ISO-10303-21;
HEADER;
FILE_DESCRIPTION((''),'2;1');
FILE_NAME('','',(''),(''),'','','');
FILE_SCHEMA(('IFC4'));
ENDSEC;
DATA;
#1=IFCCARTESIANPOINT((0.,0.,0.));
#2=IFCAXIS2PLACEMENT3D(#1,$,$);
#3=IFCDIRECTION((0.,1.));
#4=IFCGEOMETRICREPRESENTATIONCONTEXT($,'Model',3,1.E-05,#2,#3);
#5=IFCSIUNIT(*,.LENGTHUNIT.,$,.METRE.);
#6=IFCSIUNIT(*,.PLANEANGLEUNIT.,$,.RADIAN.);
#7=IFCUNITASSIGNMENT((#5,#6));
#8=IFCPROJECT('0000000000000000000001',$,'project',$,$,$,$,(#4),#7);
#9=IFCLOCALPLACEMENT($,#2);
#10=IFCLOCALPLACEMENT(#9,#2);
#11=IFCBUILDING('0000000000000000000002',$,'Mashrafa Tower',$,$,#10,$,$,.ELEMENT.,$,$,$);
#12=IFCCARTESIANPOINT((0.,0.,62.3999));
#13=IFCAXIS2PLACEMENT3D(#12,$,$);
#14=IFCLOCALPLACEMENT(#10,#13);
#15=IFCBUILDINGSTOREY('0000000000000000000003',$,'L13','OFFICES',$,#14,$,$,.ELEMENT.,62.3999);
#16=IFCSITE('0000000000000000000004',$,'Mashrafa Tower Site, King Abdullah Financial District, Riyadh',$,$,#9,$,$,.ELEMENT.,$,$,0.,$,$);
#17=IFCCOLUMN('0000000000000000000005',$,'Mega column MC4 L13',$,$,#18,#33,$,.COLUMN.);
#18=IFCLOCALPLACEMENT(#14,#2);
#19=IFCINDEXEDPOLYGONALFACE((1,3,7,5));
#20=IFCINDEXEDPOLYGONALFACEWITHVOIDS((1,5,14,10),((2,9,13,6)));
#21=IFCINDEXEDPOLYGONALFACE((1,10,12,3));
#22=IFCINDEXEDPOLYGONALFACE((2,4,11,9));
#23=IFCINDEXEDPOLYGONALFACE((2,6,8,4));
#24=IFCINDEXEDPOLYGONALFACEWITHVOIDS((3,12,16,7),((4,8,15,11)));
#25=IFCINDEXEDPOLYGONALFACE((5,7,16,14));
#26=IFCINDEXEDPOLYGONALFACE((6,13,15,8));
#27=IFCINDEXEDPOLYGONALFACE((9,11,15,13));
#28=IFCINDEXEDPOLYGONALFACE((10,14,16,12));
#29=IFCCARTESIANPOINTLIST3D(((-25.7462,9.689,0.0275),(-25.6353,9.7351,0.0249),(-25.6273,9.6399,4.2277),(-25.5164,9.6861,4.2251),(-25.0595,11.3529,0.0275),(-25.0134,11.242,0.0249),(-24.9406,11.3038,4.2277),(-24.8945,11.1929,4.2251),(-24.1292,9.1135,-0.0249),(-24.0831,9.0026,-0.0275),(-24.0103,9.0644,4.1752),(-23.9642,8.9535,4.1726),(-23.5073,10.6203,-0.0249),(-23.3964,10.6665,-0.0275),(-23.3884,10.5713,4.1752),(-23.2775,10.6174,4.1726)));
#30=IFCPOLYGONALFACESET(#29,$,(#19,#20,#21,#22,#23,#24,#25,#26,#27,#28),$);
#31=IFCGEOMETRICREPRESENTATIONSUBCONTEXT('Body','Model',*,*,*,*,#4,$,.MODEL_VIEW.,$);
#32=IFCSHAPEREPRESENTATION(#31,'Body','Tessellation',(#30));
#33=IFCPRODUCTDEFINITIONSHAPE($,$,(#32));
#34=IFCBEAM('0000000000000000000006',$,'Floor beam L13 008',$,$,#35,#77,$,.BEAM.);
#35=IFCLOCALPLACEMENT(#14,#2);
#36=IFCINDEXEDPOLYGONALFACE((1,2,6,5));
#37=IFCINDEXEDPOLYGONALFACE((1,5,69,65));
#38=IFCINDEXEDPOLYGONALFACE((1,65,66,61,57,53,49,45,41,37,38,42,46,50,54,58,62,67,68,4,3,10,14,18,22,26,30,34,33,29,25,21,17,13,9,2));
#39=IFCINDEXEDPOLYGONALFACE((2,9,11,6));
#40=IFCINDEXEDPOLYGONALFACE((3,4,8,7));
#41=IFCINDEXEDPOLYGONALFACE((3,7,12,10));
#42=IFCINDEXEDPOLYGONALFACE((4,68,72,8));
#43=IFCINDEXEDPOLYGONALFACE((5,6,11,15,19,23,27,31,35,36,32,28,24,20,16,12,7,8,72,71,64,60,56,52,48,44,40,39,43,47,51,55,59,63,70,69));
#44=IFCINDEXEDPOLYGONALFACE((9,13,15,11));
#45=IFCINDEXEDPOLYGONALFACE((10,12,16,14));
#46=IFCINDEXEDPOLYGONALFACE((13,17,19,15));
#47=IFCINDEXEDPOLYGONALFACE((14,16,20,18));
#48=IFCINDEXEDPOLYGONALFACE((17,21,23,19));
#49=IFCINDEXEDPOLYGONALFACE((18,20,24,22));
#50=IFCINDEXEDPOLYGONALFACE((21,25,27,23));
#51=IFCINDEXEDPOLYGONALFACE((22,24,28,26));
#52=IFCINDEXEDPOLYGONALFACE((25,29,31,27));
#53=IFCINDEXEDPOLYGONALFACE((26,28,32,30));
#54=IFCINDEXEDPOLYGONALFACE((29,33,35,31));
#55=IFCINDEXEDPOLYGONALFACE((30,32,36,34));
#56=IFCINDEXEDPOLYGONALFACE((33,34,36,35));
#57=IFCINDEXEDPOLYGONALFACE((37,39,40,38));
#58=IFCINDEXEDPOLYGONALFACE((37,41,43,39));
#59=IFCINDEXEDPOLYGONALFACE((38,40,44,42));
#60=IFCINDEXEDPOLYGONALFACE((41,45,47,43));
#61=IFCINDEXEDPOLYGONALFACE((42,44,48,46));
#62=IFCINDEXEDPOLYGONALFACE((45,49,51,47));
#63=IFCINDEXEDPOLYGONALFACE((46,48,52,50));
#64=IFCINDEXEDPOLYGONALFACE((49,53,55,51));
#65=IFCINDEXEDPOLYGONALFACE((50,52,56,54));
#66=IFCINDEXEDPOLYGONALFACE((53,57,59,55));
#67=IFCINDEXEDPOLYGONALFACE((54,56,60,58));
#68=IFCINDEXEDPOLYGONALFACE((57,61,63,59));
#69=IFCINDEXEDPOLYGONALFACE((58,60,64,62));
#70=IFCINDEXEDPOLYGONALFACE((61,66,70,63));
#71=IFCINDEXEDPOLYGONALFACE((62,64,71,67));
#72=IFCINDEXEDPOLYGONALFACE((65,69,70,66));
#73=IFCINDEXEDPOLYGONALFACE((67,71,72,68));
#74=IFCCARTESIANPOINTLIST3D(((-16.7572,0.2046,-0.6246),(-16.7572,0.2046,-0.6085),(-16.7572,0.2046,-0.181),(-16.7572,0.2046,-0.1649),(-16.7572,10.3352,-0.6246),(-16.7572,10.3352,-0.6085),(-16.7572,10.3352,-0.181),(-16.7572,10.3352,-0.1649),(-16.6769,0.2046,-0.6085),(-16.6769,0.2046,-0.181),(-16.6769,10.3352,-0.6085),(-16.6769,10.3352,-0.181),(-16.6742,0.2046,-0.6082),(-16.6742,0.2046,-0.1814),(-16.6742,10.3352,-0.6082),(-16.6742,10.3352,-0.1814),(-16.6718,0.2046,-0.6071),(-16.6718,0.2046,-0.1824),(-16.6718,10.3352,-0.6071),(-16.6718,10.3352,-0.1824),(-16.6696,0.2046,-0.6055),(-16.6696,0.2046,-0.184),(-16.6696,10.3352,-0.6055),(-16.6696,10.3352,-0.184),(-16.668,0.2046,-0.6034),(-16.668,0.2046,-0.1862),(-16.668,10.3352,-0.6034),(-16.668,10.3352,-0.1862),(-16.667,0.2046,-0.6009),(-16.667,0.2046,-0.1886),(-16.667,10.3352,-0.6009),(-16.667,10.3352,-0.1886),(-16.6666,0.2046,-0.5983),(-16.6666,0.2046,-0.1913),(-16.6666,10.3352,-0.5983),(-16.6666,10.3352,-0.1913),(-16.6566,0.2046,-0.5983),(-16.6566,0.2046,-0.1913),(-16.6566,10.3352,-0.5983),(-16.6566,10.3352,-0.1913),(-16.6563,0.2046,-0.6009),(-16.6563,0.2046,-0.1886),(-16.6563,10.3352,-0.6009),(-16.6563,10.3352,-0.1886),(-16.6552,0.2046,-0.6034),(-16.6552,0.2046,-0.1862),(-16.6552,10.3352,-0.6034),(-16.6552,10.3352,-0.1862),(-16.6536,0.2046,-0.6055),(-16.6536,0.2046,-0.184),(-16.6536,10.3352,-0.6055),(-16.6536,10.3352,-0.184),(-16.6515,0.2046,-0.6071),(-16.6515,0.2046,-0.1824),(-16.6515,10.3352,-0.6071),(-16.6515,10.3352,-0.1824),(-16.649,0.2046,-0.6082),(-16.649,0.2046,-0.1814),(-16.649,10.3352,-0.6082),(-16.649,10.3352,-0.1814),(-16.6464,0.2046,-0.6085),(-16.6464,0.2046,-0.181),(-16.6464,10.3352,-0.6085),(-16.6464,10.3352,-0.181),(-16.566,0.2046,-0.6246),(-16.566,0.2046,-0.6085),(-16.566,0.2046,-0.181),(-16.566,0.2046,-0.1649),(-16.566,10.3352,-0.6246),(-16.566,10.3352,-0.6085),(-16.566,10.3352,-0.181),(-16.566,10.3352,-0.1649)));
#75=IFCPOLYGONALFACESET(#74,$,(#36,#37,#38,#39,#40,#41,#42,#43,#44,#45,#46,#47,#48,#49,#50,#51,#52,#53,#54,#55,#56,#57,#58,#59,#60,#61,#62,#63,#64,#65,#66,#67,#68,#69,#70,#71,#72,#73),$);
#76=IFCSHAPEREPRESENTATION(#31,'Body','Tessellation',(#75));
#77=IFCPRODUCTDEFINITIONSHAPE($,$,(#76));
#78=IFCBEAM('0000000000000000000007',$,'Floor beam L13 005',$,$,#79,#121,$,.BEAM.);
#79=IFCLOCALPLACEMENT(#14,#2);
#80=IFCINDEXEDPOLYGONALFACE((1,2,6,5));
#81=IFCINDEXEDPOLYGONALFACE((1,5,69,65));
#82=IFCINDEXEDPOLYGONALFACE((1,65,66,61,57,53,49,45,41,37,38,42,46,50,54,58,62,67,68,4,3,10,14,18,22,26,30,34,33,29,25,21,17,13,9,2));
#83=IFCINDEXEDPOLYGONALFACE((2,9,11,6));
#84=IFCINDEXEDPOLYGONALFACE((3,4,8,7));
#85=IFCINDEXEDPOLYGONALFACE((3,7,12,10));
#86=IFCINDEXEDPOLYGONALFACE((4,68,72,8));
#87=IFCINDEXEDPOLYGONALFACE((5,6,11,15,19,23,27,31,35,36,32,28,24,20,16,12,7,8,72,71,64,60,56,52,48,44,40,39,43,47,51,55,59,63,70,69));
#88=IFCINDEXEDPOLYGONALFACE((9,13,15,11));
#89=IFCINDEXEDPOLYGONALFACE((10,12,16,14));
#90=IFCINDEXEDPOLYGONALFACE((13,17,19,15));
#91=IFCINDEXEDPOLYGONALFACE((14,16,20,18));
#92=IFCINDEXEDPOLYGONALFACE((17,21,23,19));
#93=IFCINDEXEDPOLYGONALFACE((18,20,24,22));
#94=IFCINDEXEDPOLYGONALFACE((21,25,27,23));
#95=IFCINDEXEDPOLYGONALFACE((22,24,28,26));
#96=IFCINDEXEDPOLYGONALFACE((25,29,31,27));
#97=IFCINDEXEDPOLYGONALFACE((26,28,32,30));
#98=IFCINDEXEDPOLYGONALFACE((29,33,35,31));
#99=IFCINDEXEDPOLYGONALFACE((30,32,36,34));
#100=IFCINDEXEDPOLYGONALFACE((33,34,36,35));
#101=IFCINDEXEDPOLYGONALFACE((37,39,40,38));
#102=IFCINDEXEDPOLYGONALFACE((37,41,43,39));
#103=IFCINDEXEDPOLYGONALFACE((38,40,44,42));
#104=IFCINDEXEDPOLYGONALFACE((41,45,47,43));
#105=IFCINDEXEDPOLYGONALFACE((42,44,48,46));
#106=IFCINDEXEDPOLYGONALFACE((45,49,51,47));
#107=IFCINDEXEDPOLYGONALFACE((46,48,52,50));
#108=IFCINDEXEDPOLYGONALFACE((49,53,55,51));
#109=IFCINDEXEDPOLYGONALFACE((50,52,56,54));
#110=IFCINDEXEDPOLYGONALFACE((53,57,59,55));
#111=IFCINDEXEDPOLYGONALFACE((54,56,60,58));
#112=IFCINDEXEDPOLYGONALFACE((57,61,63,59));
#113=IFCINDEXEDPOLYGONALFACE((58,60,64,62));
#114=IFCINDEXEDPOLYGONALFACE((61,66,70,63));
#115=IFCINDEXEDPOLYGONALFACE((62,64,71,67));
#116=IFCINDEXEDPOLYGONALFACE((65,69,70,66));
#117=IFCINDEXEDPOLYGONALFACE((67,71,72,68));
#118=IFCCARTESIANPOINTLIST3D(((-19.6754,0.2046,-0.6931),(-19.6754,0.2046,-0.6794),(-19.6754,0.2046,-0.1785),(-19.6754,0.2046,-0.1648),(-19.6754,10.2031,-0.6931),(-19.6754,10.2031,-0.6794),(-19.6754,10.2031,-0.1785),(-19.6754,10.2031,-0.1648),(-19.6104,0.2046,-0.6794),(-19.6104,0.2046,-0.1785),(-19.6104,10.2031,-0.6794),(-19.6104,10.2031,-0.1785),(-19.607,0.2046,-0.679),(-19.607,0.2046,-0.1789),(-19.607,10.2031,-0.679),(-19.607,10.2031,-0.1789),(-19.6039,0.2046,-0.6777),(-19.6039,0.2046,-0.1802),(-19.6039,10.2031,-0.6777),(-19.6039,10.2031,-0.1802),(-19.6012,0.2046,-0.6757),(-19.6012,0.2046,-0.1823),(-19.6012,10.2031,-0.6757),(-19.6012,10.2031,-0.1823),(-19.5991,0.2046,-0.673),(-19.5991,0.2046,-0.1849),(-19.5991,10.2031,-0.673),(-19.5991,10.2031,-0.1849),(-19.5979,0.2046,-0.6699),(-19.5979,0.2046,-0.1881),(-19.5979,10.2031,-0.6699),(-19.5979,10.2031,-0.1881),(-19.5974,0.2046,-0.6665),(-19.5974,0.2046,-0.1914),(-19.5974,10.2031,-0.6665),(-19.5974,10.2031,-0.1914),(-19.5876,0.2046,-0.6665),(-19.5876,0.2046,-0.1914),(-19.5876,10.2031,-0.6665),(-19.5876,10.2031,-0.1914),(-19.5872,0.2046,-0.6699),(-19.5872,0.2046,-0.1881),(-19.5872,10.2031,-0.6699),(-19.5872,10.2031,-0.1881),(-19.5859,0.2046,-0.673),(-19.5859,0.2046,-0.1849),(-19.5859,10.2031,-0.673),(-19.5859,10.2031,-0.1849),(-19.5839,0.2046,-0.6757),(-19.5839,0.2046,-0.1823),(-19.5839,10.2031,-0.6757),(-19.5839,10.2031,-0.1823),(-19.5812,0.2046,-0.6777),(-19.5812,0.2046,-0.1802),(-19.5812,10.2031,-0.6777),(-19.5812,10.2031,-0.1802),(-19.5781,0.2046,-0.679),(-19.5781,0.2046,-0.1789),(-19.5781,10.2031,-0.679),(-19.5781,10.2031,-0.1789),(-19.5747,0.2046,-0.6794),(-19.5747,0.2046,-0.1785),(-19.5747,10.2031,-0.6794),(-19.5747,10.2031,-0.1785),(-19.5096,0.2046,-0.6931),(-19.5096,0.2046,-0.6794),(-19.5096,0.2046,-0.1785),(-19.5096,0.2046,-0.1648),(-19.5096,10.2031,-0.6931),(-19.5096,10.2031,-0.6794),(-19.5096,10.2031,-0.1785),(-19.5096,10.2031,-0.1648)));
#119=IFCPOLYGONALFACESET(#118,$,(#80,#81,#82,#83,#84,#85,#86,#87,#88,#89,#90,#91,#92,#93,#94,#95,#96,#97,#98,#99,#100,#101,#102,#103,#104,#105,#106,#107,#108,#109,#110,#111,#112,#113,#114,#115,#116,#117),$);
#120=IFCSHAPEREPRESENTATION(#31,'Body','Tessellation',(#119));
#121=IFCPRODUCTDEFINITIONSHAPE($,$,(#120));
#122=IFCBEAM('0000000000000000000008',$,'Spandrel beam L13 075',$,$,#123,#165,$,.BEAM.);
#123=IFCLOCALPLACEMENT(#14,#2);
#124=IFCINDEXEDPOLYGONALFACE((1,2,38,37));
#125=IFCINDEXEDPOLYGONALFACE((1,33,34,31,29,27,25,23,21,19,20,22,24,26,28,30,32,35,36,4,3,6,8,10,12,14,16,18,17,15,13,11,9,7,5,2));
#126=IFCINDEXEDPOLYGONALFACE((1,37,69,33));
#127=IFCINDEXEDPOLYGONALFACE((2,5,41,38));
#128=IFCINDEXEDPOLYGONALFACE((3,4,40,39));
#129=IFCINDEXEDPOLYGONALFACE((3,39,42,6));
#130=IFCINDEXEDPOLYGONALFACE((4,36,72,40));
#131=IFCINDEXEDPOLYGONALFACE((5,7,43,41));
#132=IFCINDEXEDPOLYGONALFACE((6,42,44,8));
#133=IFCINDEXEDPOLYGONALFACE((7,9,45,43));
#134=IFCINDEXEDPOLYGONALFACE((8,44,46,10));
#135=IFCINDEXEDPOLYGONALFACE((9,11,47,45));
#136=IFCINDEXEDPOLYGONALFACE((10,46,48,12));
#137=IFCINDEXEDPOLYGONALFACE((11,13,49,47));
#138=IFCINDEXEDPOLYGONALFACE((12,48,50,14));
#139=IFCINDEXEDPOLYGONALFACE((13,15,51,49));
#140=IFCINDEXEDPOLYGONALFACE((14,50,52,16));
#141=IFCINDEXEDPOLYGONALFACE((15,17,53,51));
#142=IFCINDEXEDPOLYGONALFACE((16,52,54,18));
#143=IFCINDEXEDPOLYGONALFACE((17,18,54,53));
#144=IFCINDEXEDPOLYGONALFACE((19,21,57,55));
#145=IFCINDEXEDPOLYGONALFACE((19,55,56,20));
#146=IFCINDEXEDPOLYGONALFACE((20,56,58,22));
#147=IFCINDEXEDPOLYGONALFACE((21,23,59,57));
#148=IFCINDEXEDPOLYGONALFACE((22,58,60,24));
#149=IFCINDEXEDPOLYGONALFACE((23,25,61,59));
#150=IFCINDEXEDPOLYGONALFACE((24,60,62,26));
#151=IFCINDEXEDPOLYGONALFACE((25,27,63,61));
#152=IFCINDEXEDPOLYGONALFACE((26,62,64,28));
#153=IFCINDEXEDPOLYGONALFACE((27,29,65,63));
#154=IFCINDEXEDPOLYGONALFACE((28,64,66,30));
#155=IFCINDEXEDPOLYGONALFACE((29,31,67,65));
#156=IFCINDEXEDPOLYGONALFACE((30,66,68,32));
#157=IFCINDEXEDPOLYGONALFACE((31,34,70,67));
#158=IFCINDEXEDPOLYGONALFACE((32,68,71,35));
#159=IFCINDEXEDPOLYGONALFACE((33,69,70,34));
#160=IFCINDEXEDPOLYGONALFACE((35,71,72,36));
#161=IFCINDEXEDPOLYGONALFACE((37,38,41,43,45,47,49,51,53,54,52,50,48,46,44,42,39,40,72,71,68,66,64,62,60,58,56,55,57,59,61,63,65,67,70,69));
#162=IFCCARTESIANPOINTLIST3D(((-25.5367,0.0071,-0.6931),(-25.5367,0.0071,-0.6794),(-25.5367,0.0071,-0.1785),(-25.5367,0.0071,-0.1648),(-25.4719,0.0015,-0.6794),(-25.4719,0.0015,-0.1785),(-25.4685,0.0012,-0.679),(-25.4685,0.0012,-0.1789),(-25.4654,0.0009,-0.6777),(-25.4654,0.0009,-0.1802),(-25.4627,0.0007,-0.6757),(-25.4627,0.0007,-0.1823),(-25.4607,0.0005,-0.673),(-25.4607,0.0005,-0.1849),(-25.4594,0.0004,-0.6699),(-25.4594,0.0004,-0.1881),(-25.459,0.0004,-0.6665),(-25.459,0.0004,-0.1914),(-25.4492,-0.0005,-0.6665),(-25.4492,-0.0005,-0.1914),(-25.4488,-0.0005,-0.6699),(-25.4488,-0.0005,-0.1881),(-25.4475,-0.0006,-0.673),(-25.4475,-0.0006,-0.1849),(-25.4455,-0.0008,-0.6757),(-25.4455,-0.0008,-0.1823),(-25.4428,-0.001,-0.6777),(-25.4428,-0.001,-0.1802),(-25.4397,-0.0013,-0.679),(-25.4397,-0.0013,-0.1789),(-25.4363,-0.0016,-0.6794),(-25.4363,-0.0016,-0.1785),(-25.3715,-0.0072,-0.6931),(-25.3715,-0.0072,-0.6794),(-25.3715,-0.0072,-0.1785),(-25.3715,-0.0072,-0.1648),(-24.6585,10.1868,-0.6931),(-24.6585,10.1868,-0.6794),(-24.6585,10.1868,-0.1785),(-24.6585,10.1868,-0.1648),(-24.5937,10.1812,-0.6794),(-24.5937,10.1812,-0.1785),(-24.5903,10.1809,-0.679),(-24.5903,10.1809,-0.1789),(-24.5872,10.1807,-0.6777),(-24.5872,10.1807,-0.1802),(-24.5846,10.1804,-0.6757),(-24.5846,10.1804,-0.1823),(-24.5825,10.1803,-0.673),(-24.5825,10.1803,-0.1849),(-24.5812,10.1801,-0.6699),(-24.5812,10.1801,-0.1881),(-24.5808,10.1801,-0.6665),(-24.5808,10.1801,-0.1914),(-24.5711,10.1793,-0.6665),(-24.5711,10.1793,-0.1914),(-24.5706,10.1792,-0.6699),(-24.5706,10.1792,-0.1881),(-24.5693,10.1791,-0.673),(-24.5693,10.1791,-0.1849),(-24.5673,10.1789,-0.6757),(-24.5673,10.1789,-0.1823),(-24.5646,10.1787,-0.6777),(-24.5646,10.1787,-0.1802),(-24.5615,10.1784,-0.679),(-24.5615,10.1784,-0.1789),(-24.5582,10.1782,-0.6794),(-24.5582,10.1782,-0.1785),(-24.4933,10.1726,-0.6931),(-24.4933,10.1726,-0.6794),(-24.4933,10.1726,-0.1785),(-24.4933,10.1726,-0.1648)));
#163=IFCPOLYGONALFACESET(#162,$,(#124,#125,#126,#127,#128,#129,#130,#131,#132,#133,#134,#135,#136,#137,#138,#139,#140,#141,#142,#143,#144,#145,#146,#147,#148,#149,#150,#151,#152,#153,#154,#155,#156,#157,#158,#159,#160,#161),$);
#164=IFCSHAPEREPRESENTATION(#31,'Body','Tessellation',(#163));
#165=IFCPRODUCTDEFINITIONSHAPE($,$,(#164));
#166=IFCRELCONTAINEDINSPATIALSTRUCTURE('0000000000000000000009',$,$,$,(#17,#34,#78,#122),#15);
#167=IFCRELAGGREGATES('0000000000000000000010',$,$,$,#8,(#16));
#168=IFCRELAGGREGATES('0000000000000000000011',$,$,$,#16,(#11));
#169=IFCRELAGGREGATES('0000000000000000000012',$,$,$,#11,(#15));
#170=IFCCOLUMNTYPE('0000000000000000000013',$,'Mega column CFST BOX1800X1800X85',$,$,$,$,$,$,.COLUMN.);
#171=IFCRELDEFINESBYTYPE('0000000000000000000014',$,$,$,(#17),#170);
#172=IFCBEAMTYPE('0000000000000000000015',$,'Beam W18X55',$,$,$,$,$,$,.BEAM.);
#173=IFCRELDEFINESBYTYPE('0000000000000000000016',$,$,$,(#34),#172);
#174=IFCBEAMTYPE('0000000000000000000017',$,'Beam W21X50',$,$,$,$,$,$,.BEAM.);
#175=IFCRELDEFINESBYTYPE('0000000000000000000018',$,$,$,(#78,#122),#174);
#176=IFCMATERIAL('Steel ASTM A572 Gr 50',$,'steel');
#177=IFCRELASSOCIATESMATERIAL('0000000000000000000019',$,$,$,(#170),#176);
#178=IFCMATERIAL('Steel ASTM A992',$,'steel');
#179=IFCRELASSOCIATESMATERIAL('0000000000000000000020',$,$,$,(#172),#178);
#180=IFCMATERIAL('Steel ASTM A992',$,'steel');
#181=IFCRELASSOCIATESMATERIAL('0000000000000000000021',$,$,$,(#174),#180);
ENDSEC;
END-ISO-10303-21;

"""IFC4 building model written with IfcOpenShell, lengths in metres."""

from ifc_helpers import new_model, si_unit, direction, frame, origin, origin_2d, place, context, subcontext, project, spatial, hollow_rectangle, i_section, extrude, material, material_profile, profile_set, type_object, element, save


model = new_model("IFC4")

# Units and contexts
model_context = context("Model", 3, precision=1e-05, world=origin(), true_north=direction((0.0, 1.0)))
body_context = subcontext(model_context, "Body", "Model", "MODEL_VIEW")
ifc_project = project(units=[si_unit("LENGTHUNIT", "METRE"), si_unit("PLANEANGLEUNIT", "RADIAN")], contexts=[model_context])

# Site, building, storey
site_placement = place(None, origin())
site = spatial("IfcSite", under=ifc_project, at=site_placement, Name="Mashrafa Tower Site, King Abdullah Financial District, Riyadh", CompositionType="ELEMENT", RefElevation=0.0)
building_placement = place(site_placement, origin())
building = spatial("IfcBuilding", under=site, at=building_placement, Name="Mashrafa Tower", CompositionType="ELEMENT")
storey_placement = place(building_placement, frame((0.0, 0.0, 62.3999)))
storey = spatial("IfcBuildingStorey", under=building, at=storey_placement, Name="L13", Description="OFFICES", CompositionType="ELEMENT", Elevation=62.3999)

# Column
ifc_material_1 = material(Name="Steel ASTM A572 Gr 50", Category="steel")
ifc_material_profile_1 = material_profile(ifc_material_1, hollow_rectangle(XDim=1.8, YDim=1.8, WallThickness=0.085, at=origin_2d()), Name="BOX1800X1800X85")
ifc_profile_set_1 = profile_set([ifc_material_profile_1], Name="Steel ASTM A572 Gr 50")
column_type = type_object("IfcColumnType", Name="Mega column CFST BOX1800X1800X85", PredefinedType="COLUMN", material=ifc_profile_set_1)
column_placement = place(storey_placement, frame((-24.5713, 10.1777, 0.0), z_axis=(0.028294, -0.011678, 0.999531), x_axis=(0.381513, 0.924363, 0.0)))
element("IfcColumn", 1, at=column_placement, inside=storey, type_object=column_type, Name="Mega column MC4 L13", PredefinedType="COLUMN", context=body_context, shape_type="SweptSolid", body=[
    extrude(hollow_rectangle(XDim=1.8, YDim=1.8, WallThickness=0.085, at=origin_2d()), origin(), (0.0, 0.0, 1.0), 4.2021),
])

# Beams
ifc_material_2 = material(Name="Steel ASTM A992", Category="steel")
ifc_material_profile_2 = material_profile(ifc_material_2, i_section(OverallWidth=0.1912, OverallDepth=0.4597, WebThickness=0.01, FlangeThickness=0.0161, FilletRadius=0.0103, at=origin_2d()), Name="W18X55")
ifc_profile_set_2 = profile_set([ifc_material_profile_2], Name="Steel ASTM A992")
beam_type_1 = type_object("IfcBeamType", Name="Beam W18X55", PredefinedType="BEAM", material=ifc_profile_set_2)
beam_1_placement = place(storey_placement, frame((-16.6616, 0.2046, -0.3948), z_axis=(0.0, 1.0, 0.0), x_axis=(-1.0, 0.0, 0.0)))
element("IfcBeam", 2, at=beam_1_placement, inside=storey, type_object=beam_type_1, Name="Floor beam L13 008", PredefinedType="BEAM", context=body_context, shape_type="SweptSolid", body=[
    extrude(i_section(OverallWidth=0.1912, OverallDepth=0.4597, WebThickness=0.01, FlangeThickness=0.0161, FilletRadius=0.0103, at=origin_2d()), origin(), (0.0, 0.0, 1.0), 10.1306),
])
ifc_material_3 = material(Name="Steel ASTM A992", Category="steel")
ifc_material_profile_3 = material_profile(ifc_material_3, i_section(OverallWidth=0.1658, OverallDepth=0.5283, WebThickness=0.0098, FlangeThickness=0.0137, FilletRadius=0.0129, at=origin_2d()), Name="W21X50")
ifc_profile_set_3 = profile_set([ifc_material_profile_3], Name="Steel ASTM A992")
beam_type_2 = type_object("IfcBeamType", Name="Beam W21X50", PredefinedType="BEAM", material=ifc_profile_set_3)
beam_2_placement = place(storey_placement, frame((-19.5925, 0.2046, -0.429), z_axis=(0.0, 1.0, 0.0), x_axis=(-1.0, 0.0, 0.0)))
element("IfcBeam", 3, at=beam_2_placement, inside=storey, type_object=beam_type_2, Name="Floor beam L13 005", PredefinedType="BEAM", context=body_context, shape_type="SweptSolid", body=[
    extrude(i_section(OverallWidth=0.1658, OverallDepth=0.5283, WebThickness=0.0098, FlangeThickness=0.0137, FilletRadius=0.0129, at=origin_2d()), origin(), (0.0, 0.0, 1.0), 9.9985),
])
beam_3_placement = place(storey_placement, frame((-24.5759, 10.1797, -0.429), z_axis=(-0.085948, -0.9963, 0.0), x_axis=(0.9963, -0.085948, 0.0)))
element("IfcBeam", 4, at=beam_3_placement, inside=storey, type_object=beam_type_2, Name="Spandrel beam L13 075", PredefinedType="BEAM", context=body_context, shape_type="SweptSolid", body=[
    extrude(i_section(OverallWidth=0.1658, OverallDepth=0.5283, WebThickness=0.0098, FlangeThickness=0.0137, FilletRadius=0.0129, at=origin_2d()), origin(), (0.0, 0.0, 1.0), 10.2175),
])

save(model, "model.ifc")
